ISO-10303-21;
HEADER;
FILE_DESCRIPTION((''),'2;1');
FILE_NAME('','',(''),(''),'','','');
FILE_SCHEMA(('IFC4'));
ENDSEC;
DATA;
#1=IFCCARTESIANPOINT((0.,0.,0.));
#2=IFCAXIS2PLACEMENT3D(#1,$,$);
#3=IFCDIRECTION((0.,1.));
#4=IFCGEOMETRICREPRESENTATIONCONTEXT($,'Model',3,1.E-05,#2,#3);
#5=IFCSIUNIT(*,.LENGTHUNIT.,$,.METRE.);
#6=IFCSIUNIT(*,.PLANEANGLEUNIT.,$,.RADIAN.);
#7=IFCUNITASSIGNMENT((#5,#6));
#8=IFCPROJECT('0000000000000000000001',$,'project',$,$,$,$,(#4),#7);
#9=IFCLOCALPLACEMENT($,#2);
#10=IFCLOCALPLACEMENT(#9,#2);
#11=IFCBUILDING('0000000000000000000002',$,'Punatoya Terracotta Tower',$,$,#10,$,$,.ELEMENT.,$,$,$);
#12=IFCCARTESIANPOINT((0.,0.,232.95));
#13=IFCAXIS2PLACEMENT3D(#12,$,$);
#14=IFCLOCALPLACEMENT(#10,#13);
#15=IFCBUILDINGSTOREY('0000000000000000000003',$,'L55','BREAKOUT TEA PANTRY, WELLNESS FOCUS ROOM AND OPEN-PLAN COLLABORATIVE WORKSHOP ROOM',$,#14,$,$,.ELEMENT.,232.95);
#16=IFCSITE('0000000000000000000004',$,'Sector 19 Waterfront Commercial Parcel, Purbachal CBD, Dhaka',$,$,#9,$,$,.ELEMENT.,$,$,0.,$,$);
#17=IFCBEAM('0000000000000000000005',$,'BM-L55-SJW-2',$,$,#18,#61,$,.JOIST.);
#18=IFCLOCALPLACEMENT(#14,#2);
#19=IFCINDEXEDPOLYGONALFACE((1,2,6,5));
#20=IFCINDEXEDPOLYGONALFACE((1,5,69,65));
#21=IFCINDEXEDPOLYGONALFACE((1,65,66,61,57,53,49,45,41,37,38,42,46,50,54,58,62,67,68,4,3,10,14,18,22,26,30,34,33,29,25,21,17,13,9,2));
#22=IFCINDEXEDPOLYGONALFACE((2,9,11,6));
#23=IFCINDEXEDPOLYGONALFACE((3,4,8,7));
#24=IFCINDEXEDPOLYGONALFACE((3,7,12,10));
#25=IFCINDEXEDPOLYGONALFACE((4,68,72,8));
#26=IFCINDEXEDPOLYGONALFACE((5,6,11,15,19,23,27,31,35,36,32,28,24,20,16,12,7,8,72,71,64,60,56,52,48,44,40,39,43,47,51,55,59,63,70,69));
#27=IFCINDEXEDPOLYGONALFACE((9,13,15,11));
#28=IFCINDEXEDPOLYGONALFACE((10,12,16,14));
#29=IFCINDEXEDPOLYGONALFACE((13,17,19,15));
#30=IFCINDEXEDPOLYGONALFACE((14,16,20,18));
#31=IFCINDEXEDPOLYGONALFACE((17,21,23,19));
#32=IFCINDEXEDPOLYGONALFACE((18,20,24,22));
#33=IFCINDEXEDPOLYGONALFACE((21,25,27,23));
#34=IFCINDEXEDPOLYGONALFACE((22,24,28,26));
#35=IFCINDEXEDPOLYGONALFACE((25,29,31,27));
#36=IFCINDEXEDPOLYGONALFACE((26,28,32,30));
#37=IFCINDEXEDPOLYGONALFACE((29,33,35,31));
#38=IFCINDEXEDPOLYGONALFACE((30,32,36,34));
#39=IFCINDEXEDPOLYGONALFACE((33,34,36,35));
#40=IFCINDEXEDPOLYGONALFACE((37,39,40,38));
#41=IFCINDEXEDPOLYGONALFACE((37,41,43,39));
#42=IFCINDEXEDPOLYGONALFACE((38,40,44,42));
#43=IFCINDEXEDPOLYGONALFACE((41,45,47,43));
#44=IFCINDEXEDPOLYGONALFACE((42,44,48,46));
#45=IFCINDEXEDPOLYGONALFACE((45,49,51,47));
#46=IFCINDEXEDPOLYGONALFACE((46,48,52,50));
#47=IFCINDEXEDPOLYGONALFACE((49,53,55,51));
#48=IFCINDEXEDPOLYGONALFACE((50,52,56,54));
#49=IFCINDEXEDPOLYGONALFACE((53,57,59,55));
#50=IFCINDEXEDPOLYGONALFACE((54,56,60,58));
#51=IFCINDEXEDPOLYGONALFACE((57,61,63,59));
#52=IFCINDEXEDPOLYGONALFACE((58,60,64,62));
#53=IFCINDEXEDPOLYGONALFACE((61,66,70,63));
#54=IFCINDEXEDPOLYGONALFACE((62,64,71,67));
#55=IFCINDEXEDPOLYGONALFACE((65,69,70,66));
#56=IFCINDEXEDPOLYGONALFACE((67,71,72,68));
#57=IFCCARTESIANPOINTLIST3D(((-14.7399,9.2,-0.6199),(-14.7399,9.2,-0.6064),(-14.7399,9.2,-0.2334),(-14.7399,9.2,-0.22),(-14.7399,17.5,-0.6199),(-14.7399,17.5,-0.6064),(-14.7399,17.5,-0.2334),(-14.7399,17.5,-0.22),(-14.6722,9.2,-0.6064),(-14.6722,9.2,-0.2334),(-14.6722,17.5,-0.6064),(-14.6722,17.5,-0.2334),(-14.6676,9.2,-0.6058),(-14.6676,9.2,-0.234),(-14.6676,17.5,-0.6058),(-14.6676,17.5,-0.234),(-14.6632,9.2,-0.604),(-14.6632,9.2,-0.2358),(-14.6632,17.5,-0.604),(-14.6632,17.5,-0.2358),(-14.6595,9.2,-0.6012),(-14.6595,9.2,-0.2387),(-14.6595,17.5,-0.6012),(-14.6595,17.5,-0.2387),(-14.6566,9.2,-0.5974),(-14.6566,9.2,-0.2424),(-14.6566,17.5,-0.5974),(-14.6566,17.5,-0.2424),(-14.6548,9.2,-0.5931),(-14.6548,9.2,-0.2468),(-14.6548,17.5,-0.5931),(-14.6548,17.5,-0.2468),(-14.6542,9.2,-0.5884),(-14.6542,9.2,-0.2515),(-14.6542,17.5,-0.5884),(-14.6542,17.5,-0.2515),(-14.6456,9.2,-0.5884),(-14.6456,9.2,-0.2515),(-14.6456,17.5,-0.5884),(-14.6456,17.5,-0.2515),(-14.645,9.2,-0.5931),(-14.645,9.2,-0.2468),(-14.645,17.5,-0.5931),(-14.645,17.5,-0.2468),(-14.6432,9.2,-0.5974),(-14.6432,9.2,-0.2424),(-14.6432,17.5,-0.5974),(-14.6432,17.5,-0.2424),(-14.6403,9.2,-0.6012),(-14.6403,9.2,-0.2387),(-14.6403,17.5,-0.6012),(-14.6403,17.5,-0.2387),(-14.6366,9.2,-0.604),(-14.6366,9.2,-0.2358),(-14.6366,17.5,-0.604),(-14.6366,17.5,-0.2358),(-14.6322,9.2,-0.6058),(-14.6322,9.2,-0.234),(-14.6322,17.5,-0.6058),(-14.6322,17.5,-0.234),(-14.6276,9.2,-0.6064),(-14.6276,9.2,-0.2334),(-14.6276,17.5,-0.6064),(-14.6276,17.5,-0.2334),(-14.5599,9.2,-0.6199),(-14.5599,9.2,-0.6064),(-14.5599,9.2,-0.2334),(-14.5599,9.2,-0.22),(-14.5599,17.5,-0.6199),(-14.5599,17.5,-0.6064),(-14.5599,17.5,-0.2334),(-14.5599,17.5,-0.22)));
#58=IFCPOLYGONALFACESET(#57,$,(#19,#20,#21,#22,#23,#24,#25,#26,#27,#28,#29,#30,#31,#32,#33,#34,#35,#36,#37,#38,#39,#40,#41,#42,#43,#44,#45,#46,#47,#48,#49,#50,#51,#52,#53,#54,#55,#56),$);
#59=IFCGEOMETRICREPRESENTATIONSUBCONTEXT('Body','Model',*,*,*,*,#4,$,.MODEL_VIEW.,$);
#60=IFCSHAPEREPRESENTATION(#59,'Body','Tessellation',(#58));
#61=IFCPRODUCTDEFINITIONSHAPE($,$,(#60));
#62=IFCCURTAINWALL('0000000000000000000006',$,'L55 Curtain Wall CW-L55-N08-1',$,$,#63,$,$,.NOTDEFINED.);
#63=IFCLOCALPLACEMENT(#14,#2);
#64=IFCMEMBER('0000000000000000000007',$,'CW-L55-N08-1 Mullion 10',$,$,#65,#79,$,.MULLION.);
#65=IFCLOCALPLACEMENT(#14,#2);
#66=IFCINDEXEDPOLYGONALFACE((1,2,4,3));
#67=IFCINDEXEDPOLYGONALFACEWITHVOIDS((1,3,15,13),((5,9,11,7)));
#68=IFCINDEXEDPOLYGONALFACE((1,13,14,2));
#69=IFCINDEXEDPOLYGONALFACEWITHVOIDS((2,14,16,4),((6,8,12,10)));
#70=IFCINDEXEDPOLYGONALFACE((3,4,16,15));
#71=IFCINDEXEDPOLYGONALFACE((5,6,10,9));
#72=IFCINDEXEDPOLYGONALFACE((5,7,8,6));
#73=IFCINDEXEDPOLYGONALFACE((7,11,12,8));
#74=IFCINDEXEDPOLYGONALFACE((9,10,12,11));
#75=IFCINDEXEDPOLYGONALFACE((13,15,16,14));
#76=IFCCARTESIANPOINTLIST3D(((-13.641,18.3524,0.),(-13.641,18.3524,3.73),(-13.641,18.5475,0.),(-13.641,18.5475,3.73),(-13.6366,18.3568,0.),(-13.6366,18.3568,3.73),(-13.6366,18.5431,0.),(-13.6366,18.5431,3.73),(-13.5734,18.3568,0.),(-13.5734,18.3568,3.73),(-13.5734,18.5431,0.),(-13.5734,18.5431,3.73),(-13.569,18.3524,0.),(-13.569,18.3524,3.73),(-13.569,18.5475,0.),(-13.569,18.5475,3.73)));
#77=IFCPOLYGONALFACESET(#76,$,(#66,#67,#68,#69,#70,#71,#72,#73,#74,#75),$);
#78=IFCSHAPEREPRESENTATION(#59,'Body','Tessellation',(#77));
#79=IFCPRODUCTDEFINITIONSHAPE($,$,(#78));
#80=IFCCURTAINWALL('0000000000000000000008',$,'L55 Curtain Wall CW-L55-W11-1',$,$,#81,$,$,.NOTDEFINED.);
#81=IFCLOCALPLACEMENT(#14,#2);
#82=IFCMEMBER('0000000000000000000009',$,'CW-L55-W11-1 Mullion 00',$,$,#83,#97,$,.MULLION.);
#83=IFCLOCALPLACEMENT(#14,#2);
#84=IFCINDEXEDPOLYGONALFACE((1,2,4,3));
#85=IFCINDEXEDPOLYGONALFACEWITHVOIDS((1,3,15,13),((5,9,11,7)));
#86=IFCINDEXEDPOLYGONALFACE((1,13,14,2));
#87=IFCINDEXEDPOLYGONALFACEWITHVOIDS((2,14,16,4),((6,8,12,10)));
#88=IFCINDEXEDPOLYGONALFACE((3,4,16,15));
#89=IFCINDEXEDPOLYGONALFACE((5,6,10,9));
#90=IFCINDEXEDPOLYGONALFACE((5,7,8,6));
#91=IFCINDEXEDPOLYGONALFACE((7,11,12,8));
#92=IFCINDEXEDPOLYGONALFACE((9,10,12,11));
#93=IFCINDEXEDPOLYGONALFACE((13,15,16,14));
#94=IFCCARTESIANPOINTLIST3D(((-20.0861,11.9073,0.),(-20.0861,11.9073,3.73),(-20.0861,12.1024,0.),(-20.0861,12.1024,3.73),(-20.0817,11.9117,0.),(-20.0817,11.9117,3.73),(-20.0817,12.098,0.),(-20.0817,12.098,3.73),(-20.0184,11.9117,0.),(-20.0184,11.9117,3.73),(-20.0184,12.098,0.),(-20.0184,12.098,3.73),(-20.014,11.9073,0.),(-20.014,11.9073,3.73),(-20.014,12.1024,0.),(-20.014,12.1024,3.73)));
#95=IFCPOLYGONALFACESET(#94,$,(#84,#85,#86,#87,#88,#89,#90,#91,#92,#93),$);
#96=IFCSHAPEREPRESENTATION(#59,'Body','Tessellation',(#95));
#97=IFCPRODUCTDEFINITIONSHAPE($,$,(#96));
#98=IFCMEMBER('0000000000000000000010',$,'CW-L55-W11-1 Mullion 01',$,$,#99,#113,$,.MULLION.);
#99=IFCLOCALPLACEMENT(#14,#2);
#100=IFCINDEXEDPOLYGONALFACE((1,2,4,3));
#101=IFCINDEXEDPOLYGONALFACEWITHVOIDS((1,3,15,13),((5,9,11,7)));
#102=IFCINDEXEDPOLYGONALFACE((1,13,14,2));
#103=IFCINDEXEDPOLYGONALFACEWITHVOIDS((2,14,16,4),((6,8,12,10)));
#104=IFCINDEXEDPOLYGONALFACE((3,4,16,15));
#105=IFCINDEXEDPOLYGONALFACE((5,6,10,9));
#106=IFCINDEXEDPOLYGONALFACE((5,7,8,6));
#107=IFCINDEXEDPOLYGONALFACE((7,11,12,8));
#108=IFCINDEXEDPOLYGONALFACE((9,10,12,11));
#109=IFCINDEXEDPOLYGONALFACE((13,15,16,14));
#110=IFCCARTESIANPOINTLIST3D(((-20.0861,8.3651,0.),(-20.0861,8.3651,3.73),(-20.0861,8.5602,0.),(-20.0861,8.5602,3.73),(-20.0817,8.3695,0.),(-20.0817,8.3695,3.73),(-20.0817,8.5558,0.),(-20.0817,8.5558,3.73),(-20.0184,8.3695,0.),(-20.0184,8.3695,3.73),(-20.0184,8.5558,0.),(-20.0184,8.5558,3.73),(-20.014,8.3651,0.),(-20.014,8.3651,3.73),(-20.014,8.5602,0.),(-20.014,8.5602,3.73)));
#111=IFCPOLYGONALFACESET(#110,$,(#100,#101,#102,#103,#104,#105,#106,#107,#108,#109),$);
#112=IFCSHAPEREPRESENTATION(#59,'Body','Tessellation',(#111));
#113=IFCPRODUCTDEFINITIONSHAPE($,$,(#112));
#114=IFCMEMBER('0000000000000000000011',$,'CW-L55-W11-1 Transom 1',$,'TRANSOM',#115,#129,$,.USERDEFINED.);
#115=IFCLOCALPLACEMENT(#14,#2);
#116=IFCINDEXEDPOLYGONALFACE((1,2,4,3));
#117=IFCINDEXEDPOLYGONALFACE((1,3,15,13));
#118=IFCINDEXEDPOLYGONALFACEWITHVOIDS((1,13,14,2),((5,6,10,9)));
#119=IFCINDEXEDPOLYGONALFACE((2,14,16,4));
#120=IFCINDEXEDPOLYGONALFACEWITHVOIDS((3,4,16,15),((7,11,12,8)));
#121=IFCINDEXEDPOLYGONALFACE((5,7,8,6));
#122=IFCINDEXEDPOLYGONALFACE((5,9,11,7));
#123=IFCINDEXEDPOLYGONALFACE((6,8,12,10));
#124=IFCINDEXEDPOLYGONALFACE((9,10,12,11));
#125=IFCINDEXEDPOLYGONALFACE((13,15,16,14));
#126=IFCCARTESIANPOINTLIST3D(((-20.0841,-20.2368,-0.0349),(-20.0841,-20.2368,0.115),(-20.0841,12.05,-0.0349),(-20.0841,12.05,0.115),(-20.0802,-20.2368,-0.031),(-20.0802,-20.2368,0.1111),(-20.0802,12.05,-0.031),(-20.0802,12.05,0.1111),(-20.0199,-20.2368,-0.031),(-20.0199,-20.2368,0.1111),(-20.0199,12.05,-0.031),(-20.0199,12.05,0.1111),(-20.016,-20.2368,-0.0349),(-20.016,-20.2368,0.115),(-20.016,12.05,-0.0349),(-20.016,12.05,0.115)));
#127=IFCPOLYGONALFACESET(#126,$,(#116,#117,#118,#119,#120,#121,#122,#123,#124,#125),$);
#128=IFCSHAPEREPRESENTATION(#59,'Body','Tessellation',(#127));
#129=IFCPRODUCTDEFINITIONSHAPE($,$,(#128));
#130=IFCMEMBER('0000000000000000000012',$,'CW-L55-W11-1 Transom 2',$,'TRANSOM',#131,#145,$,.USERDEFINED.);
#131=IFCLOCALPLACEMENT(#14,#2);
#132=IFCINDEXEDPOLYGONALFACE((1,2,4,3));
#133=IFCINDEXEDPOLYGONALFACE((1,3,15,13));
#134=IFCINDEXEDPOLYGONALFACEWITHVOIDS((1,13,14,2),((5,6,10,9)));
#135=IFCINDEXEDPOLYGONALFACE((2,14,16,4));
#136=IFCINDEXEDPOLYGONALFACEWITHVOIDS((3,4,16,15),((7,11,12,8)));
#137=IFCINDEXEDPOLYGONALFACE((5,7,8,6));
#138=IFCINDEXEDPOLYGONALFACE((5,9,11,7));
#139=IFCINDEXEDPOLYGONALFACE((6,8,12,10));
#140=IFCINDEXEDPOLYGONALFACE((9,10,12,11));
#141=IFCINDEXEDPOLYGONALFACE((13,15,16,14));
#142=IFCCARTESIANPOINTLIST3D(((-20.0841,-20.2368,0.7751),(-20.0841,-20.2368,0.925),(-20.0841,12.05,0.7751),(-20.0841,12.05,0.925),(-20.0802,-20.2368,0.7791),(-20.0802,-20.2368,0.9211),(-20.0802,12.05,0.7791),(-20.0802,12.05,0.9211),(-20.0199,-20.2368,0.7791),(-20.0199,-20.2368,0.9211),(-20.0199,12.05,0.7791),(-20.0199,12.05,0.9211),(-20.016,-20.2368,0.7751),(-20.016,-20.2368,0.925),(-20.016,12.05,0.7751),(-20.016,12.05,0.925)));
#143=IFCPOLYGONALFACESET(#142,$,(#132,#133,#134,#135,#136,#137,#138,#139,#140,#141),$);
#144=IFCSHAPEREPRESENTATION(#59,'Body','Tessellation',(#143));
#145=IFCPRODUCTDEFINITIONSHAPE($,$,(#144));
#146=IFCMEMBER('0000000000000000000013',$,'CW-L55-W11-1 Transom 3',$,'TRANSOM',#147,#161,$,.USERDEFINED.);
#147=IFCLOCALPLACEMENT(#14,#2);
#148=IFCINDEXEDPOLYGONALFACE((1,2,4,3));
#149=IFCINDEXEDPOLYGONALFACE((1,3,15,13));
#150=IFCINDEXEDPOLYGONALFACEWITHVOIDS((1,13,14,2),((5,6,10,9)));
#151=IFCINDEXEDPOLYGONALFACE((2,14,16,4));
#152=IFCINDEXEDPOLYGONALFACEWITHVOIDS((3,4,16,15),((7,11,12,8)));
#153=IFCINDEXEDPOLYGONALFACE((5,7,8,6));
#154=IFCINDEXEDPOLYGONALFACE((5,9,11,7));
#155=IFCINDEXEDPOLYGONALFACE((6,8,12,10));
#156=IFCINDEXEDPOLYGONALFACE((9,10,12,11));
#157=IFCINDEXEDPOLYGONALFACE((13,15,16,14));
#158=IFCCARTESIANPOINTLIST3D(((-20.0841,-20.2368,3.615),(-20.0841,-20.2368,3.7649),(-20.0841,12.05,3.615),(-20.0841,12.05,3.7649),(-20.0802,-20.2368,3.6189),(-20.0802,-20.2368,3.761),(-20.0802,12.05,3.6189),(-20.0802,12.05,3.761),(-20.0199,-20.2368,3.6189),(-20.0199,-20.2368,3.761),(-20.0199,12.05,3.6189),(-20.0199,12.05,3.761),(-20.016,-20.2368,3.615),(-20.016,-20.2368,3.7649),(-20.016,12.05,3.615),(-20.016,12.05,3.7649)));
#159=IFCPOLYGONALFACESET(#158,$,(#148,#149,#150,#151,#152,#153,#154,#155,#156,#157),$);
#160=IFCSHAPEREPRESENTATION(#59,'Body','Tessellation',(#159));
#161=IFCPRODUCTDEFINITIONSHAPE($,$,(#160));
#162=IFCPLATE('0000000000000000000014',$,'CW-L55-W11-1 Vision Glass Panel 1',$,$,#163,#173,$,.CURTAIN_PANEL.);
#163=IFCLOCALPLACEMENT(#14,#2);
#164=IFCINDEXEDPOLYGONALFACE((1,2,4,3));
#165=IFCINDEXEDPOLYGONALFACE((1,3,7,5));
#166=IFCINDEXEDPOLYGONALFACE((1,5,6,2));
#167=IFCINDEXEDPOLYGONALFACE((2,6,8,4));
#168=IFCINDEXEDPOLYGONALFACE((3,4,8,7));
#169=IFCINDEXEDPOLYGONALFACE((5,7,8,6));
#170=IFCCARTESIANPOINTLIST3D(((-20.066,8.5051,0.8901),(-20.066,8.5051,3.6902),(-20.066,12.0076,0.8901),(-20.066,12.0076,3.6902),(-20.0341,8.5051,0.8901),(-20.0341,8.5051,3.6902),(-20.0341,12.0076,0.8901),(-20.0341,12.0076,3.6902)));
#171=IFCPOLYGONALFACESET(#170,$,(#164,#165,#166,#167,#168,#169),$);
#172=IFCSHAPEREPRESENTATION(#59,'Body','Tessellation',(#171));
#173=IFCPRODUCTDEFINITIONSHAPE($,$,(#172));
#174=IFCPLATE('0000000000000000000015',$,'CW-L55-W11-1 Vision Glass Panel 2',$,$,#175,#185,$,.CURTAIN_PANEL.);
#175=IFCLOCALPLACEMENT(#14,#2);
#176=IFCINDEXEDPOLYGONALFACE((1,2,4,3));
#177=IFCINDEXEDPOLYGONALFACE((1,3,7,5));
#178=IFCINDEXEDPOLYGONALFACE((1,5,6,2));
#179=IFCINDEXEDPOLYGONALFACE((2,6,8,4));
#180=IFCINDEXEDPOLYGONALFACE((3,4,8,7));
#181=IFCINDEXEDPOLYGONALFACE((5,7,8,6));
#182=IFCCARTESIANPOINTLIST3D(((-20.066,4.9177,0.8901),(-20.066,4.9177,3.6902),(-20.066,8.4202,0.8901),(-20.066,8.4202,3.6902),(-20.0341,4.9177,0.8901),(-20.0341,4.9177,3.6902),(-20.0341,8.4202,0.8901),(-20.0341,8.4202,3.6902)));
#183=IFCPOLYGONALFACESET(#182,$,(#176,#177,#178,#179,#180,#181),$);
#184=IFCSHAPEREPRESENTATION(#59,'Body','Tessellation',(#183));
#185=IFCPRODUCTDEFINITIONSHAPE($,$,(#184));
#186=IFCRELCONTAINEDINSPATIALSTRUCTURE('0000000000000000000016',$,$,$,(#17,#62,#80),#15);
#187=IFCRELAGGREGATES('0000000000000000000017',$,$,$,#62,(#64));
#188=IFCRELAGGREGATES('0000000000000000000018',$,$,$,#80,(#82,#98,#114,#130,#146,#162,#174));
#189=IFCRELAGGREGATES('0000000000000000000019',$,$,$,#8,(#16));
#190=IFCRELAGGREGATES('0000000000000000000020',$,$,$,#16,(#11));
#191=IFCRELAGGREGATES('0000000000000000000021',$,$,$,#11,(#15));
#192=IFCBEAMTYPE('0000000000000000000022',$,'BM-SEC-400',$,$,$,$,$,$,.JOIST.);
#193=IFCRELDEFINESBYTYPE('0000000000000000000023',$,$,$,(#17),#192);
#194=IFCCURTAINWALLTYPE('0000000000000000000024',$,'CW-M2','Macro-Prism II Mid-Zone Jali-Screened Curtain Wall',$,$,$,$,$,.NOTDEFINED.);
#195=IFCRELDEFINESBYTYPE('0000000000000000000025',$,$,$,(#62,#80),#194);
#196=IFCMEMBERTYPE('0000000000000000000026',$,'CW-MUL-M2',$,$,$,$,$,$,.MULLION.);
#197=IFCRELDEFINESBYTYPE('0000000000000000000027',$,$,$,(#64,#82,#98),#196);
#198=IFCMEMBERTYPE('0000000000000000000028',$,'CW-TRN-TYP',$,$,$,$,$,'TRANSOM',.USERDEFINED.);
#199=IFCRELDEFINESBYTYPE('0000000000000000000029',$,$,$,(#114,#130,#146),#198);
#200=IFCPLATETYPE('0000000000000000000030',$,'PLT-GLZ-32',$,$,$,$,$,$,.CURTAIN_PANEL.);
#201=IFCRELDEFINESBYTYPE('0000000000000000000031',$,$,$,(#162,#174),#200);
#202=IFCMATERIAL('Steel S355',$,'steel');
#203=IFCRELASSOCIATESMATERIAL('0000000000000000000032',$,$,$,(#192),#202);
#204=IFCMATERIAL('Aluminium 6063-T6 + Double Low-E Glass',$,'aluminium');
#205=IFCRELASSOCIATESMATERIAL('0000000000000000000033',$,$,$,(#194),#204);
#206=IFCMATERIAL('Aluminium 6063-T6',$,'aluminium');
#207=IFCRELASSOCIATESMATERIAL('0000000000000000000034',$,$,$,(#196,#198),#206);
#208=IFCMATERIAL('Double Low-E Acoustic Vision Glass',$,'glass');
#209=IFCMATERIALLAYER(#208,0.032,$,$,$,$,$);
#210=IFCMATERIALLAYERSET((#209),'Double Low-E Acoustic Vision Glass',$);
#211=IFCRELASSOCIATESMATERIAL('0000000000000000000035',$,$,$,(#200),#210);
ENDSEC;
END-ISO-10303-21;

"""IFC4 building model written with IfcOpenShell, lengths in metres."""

from ifc_helpers import new_model, si_unit, direction, frame, origin, origin_2d, place, context, subcontext, project, spatial, rectangle, hollow_rectangle, i_section, extrude, material, layer, layer_set, material_profile, profile_set, type_object, element, aggregate, save


model = new_model("IFC4")

# Units and contexts
model_context = context("Model", 3, precision=1e-05, world=origin(), true_north=direction((0.0, 1.0)))
body_context = subcontext(model_context, "Body", "Model", "MODEL_VIEW")
ifc_project = project(units=[si_unit("LENGTHUNIT", "METRE"), si_unit("PLANEANGLEUNIT", "RADIAN")], contexts=[model_context])

# Site, building, storey
site_placement = place(None, origin())
site = spatial("IfcSite", under=ifc_project, at=site_placement, Name="Sector 19 Waterfront Commercial Parcel, Purbachal CBD, Dhaka", CompositionType="ELEMENT", RefElevation=0.0)
building_placement = place(site_placement, origin())
building = spatial("IfcBuilding", under=site, at=building_placement, Name="Punatoya Terracotta Tower", CompositionType="ELEMENT")
storey_placement = place(building_placement, frame((0.0, 0.0, 232.95)))
storey = spatial("IfcBuildingStorey", under=building, at=storey_placement, Name="L55", Description="BREAKOUT TEA PANTRY, WELLNESS FOCUS ROOM AND OPEN-PLAN COLLABORATIVE WORKSHOP ROOM", CompositionType="ELEMENT", Elevation=232.95)

# Beam
ifc_material_1 = material(Name="Steel S355", Category="steel")
ifc_material_profile_1 = material_profile(ifc_material_1, i_section(OverallWidth=0.1799, OverallDepth=0.3999, WebThickness=0.0085, FlangeThickness=0.0134, FilletRadius=0.0181, at=origin_2d()))
ifc_profile_set_1 = profile_set([ifc_material_profile_1], Name="Steel S355")
beam_type_1 = type_object("IfcBeamType", Name="BM-SEC-400", PredefinedType="JOIST", material=ifc_profile_set_1)
beam_1_placement = place(storey_placement, frame((-14.6499, 9.2, -0.4199), z_axis=(0.0, 1.0, 0.0), x_axis=(-1.0, 0.0, 0.0)))
element("IfcBeam", 1, at=beam_1_placement, inside=storey, type_object=beam_type_1, Name="BM-L55-SJW-2", PredefinedType="JOIST", context=body_context, shape_type="SweptSolid", body=[
    extrude(i_section(OverallWidth=0.1799, OverallDepth=0.3999, WebThickness=0.0085, FlangeThickness=0.0134, FilletRadius=0.0181, at=origin_2d()), origin(), (0.0, 0.0, 1.0), 8.3),
])

# Curtain wall, member
ifc_material_2 = material(Name="Aluminium 6063-T6 + Double Low-E Glass", Category="aluminium")
curtain_wall_type = type_object("IfcCurtainWallType", Name="CW-M2", Description="Macro-Prism II Mid-Zone Jali-Screened Curtain Wall", PredefinedType="NOTDEFINED", material=ifc_material_2)
curtain_wall_1_placement = place(storey_placement, origin())
curtain_wall_1 = element("IfcCurtainWall", 2, at=curtain_wall_1_placement, inside=storey, type_object=curtain_wall_type, Name="L55 Curtain Wall CW-L55-N08-1", PredefinedType="NOTDEFINED")
ifc_material_3 = material(Name="Aluminium 6063-T6", Category="aluminium")
ifc_material_profile_2 = material_profile(ifc_material_3, hollow_rectangle(XDim=0.072, YDim=0.1951, WallThickness=0.0044, at=origin_2d()))
ifc_profile_set_2 = profile_set([ifc_material_profile_2], Name="Aluminium 6063-T6")
member_type_1 = type_object("IfcMemberType", Name="CW-MUL-M2", PredefinedType="MULLION", material=ifc_profile_set_2)
member_1_placement = place(storey_placement, frame((-13.605, 18.45, 0.0), z_axis=(0.0, 0.0, 1.0), x_axis=(1.0, 0.0, 0.0)))
member_1 = element("IfcMember", 3, at=member_1_placement, type_object=member_type_1, Name="CW-L55-N08-1 Mullion 10", PredefinedType="MULLION", context=body_context, shape_type="SweptSolid", body=[
    extrude(hollow_rectangle(XDim=0.072, YDim=0.1951, WallThickness=0.0044, at=origin_2d()), origin(), (0.0, 0.0, 1.0), 3.73),
])

# Curtain wall, members, plates
curtain_wall_2_placement = place(storey_placement, origin())
curtain_wall_2 = element("IfcCurtainWall", 4, at=curtain_wall_2_placement, inside=storey, type_object=curtain_wall_type, Name="L55 Curtain Wall CW-L55-W11-1", PredefinedType="NOTDEFINED")
member_2_placement = place(storey_placement, frame((-20.05, 12.0049, 0.0), z_axis=(0.0, 0.0, 1.0), x_axis=(1.0, 0.0, 0.0)))
member_2 = element("IfcMember", 5, at=member_2_placement, type_object=member_type_1, Name="CW-L55-W11-1 Mullion 00", PredefinedType="MULLION", context=body_context, shape_type="SweptSolid", body=[
    extrude(hollow_rectangle(XDim=0.072, YDim=0.1951, WallThickness=0.0044, at=origin_2d()), origin(), (0.0, 0.0, 1.0), 3.73),
])
member_3_placement = place(storey_placement, frame((-20.05, 8.4626, 0.0), z_axis=(0.0, 0.0, 1.0), x_axis=(1.0, 0.0, 0.0)))
member_3 = element("IfcMember", 6, at=member_3_placement, type_object=member_type_1, Name="CW-L55-W11-1 Mullion 01", PredefinedType="MULLION", context=body_context, shape_type="SweptSolid", body=[
    extrude(hollow_rectangle(XDim=0.072, YDim=0.1951, WallThickness=0.0044, at=origin_2d()), origin(), (0.0, 0.0, 1.0), 3.73),
])
ifc_material_profile_3 = material_profile(ifc_material_3, hollow_rectangle(XDim=0.0681, YDim=0.1499, WallThickness=0.0039, at=origin_2d()))
ifc_profile_set_3 = profile_set([ifc_material_profile_3], Name="Aluminium 6063-T6")
member_type_2 = type_object("IfcMemberType", Name="CW-TRN-TYP", ElementType="TRANSOM", PredefinedType="USERDEFINED", material=ifc_profile_set_3)
member_4_placement = place(storey_placement, frame((-20.05, 12.05, 0.04), z_axis=(0.0, -1.0, 0.0), x_axis=(1.0, 0.0, 0.0)))
member_4 = element("IfcMember", 7, at=member_4_placement, type_object=member_type_2, Name="CW-L55-W11-1 Transom 1", ObjectType="TRANSOM", PredefinedType="USERDEFINED", context=body_context, shape_type="SweptSolid", body=[
    extrude(hollow_rectangle(XDim=0.0681, YDim=0.1499, WallThickness=0.0039, at=origin_2d()), origin(), (0.0, 0.0, 1.0), 32.2869),
])
member_5_placement = place(storey_placement, frame((-20.05, 12.05, 0.8501), z_axis=(0.0, -1.0, 0.0), x_axis=(1.0, 0.0, 0.0)))
member_5 = element("IfcMember", 8, at=member_5_placement, type_object=member_type_2, Name="CW-L55-W11-1 Transom 2", ObjectType="TRANSOM", PredefinedType="USERDEFINED", context=body_context, shape_type="SweptSolid", body=[
    extrude(hollow_rectangle(XDim=0.0681, YDim=0.1499, WallThickness=0.0039, at=origin_2d()), origin(), (0.0, 0.0, 1.0), 32.2869),
])
member_6_placement = place(storey_placement, frame((-20.05, 12.05, 3.6899), z_axis=(0.0, -1.0, 0.0), x_axis=(1.0, 0.0, 0.0)))
member_6 = element("IfcMember", 9, at=member_6_placement, type_object=member_type_2, Name="CW-L55-W11-1 Transom 3", ObjectType="TRANSOM", PredefinedType="USERDEFINED", context=body_context, shape_type="SweptSolid", body=[
    extrude(hollow_rectangle(XDim=0.0681, YDim=0.1499, WallThickness=0.0039, at=origin_2d()), origin(), (0.0, 0.0, 1.0), 32.2869),
])
ifc_material_4 = material(Name="Double Low-E Acoustic Vision Glass", Category="glass")
ifc_layer_1 = layer(ifc_material_4, 0.032)
ifc_layer_set_1 = layer_set([ifc_layer_1], Name="Double Low-E Acoustic Vision Glass")
plate_type_1 = type_object("IfcPlateType", Name="PLT-GLZ-32", PredefinedType="CURTAIN_PANEL", material=ifc_layer_set_1)
plate_1_placement = place(storey_placement, frame((-20.05, 10.2563, 0.8901), z_axis=(0.0, 0.0, 1.0), x_axis=(0.0, -1.0, 0.0)))
plate_1 = element("IfcPlate", 10, at=plate_1_placement, type_object=plate_type_1, Name="CW-L55-W11-1 Vision Glass Panel 1", PredefinedType="CURTAIN_PANEL", context=body_context, shape_type="SweptSolid", body=[
    extrude(rectangle(XDim=3.5024, YDim=0.032, at=origin_2d()), origin(), (0.0, 0.0, 1.0), 2.8),
])
plate_2_placement = place(storey_placement, frame((-20.05, 6.6689, 0.8901), z_axis=(0.0, 0.0, 1.0), x_axis=(0.0, -1.0, 0.0)))
plate_2 = element("IfcPlate", 11, at=plate_2_placement, type_object=plate_type_1, Name="CW-L55-W11-1 Vision Glass Panel 2", PredefinedType="CURTAIN_PANEL", context=body_context, shape_type="SweptSolid", body=[
    extrude(rectangle(XDim=3.5024, YDim=0.032, at=origin_2d()), origin(), (0.0, 0.0, 1.0), 2.8),
])

aggregate(curtain_wall_1, [member_1])
aggregate(curtain_wall_2, [member_2, member_3, member_4, member_5, member_6, plate_1, plate_2])

save(model, "model.ifc")
